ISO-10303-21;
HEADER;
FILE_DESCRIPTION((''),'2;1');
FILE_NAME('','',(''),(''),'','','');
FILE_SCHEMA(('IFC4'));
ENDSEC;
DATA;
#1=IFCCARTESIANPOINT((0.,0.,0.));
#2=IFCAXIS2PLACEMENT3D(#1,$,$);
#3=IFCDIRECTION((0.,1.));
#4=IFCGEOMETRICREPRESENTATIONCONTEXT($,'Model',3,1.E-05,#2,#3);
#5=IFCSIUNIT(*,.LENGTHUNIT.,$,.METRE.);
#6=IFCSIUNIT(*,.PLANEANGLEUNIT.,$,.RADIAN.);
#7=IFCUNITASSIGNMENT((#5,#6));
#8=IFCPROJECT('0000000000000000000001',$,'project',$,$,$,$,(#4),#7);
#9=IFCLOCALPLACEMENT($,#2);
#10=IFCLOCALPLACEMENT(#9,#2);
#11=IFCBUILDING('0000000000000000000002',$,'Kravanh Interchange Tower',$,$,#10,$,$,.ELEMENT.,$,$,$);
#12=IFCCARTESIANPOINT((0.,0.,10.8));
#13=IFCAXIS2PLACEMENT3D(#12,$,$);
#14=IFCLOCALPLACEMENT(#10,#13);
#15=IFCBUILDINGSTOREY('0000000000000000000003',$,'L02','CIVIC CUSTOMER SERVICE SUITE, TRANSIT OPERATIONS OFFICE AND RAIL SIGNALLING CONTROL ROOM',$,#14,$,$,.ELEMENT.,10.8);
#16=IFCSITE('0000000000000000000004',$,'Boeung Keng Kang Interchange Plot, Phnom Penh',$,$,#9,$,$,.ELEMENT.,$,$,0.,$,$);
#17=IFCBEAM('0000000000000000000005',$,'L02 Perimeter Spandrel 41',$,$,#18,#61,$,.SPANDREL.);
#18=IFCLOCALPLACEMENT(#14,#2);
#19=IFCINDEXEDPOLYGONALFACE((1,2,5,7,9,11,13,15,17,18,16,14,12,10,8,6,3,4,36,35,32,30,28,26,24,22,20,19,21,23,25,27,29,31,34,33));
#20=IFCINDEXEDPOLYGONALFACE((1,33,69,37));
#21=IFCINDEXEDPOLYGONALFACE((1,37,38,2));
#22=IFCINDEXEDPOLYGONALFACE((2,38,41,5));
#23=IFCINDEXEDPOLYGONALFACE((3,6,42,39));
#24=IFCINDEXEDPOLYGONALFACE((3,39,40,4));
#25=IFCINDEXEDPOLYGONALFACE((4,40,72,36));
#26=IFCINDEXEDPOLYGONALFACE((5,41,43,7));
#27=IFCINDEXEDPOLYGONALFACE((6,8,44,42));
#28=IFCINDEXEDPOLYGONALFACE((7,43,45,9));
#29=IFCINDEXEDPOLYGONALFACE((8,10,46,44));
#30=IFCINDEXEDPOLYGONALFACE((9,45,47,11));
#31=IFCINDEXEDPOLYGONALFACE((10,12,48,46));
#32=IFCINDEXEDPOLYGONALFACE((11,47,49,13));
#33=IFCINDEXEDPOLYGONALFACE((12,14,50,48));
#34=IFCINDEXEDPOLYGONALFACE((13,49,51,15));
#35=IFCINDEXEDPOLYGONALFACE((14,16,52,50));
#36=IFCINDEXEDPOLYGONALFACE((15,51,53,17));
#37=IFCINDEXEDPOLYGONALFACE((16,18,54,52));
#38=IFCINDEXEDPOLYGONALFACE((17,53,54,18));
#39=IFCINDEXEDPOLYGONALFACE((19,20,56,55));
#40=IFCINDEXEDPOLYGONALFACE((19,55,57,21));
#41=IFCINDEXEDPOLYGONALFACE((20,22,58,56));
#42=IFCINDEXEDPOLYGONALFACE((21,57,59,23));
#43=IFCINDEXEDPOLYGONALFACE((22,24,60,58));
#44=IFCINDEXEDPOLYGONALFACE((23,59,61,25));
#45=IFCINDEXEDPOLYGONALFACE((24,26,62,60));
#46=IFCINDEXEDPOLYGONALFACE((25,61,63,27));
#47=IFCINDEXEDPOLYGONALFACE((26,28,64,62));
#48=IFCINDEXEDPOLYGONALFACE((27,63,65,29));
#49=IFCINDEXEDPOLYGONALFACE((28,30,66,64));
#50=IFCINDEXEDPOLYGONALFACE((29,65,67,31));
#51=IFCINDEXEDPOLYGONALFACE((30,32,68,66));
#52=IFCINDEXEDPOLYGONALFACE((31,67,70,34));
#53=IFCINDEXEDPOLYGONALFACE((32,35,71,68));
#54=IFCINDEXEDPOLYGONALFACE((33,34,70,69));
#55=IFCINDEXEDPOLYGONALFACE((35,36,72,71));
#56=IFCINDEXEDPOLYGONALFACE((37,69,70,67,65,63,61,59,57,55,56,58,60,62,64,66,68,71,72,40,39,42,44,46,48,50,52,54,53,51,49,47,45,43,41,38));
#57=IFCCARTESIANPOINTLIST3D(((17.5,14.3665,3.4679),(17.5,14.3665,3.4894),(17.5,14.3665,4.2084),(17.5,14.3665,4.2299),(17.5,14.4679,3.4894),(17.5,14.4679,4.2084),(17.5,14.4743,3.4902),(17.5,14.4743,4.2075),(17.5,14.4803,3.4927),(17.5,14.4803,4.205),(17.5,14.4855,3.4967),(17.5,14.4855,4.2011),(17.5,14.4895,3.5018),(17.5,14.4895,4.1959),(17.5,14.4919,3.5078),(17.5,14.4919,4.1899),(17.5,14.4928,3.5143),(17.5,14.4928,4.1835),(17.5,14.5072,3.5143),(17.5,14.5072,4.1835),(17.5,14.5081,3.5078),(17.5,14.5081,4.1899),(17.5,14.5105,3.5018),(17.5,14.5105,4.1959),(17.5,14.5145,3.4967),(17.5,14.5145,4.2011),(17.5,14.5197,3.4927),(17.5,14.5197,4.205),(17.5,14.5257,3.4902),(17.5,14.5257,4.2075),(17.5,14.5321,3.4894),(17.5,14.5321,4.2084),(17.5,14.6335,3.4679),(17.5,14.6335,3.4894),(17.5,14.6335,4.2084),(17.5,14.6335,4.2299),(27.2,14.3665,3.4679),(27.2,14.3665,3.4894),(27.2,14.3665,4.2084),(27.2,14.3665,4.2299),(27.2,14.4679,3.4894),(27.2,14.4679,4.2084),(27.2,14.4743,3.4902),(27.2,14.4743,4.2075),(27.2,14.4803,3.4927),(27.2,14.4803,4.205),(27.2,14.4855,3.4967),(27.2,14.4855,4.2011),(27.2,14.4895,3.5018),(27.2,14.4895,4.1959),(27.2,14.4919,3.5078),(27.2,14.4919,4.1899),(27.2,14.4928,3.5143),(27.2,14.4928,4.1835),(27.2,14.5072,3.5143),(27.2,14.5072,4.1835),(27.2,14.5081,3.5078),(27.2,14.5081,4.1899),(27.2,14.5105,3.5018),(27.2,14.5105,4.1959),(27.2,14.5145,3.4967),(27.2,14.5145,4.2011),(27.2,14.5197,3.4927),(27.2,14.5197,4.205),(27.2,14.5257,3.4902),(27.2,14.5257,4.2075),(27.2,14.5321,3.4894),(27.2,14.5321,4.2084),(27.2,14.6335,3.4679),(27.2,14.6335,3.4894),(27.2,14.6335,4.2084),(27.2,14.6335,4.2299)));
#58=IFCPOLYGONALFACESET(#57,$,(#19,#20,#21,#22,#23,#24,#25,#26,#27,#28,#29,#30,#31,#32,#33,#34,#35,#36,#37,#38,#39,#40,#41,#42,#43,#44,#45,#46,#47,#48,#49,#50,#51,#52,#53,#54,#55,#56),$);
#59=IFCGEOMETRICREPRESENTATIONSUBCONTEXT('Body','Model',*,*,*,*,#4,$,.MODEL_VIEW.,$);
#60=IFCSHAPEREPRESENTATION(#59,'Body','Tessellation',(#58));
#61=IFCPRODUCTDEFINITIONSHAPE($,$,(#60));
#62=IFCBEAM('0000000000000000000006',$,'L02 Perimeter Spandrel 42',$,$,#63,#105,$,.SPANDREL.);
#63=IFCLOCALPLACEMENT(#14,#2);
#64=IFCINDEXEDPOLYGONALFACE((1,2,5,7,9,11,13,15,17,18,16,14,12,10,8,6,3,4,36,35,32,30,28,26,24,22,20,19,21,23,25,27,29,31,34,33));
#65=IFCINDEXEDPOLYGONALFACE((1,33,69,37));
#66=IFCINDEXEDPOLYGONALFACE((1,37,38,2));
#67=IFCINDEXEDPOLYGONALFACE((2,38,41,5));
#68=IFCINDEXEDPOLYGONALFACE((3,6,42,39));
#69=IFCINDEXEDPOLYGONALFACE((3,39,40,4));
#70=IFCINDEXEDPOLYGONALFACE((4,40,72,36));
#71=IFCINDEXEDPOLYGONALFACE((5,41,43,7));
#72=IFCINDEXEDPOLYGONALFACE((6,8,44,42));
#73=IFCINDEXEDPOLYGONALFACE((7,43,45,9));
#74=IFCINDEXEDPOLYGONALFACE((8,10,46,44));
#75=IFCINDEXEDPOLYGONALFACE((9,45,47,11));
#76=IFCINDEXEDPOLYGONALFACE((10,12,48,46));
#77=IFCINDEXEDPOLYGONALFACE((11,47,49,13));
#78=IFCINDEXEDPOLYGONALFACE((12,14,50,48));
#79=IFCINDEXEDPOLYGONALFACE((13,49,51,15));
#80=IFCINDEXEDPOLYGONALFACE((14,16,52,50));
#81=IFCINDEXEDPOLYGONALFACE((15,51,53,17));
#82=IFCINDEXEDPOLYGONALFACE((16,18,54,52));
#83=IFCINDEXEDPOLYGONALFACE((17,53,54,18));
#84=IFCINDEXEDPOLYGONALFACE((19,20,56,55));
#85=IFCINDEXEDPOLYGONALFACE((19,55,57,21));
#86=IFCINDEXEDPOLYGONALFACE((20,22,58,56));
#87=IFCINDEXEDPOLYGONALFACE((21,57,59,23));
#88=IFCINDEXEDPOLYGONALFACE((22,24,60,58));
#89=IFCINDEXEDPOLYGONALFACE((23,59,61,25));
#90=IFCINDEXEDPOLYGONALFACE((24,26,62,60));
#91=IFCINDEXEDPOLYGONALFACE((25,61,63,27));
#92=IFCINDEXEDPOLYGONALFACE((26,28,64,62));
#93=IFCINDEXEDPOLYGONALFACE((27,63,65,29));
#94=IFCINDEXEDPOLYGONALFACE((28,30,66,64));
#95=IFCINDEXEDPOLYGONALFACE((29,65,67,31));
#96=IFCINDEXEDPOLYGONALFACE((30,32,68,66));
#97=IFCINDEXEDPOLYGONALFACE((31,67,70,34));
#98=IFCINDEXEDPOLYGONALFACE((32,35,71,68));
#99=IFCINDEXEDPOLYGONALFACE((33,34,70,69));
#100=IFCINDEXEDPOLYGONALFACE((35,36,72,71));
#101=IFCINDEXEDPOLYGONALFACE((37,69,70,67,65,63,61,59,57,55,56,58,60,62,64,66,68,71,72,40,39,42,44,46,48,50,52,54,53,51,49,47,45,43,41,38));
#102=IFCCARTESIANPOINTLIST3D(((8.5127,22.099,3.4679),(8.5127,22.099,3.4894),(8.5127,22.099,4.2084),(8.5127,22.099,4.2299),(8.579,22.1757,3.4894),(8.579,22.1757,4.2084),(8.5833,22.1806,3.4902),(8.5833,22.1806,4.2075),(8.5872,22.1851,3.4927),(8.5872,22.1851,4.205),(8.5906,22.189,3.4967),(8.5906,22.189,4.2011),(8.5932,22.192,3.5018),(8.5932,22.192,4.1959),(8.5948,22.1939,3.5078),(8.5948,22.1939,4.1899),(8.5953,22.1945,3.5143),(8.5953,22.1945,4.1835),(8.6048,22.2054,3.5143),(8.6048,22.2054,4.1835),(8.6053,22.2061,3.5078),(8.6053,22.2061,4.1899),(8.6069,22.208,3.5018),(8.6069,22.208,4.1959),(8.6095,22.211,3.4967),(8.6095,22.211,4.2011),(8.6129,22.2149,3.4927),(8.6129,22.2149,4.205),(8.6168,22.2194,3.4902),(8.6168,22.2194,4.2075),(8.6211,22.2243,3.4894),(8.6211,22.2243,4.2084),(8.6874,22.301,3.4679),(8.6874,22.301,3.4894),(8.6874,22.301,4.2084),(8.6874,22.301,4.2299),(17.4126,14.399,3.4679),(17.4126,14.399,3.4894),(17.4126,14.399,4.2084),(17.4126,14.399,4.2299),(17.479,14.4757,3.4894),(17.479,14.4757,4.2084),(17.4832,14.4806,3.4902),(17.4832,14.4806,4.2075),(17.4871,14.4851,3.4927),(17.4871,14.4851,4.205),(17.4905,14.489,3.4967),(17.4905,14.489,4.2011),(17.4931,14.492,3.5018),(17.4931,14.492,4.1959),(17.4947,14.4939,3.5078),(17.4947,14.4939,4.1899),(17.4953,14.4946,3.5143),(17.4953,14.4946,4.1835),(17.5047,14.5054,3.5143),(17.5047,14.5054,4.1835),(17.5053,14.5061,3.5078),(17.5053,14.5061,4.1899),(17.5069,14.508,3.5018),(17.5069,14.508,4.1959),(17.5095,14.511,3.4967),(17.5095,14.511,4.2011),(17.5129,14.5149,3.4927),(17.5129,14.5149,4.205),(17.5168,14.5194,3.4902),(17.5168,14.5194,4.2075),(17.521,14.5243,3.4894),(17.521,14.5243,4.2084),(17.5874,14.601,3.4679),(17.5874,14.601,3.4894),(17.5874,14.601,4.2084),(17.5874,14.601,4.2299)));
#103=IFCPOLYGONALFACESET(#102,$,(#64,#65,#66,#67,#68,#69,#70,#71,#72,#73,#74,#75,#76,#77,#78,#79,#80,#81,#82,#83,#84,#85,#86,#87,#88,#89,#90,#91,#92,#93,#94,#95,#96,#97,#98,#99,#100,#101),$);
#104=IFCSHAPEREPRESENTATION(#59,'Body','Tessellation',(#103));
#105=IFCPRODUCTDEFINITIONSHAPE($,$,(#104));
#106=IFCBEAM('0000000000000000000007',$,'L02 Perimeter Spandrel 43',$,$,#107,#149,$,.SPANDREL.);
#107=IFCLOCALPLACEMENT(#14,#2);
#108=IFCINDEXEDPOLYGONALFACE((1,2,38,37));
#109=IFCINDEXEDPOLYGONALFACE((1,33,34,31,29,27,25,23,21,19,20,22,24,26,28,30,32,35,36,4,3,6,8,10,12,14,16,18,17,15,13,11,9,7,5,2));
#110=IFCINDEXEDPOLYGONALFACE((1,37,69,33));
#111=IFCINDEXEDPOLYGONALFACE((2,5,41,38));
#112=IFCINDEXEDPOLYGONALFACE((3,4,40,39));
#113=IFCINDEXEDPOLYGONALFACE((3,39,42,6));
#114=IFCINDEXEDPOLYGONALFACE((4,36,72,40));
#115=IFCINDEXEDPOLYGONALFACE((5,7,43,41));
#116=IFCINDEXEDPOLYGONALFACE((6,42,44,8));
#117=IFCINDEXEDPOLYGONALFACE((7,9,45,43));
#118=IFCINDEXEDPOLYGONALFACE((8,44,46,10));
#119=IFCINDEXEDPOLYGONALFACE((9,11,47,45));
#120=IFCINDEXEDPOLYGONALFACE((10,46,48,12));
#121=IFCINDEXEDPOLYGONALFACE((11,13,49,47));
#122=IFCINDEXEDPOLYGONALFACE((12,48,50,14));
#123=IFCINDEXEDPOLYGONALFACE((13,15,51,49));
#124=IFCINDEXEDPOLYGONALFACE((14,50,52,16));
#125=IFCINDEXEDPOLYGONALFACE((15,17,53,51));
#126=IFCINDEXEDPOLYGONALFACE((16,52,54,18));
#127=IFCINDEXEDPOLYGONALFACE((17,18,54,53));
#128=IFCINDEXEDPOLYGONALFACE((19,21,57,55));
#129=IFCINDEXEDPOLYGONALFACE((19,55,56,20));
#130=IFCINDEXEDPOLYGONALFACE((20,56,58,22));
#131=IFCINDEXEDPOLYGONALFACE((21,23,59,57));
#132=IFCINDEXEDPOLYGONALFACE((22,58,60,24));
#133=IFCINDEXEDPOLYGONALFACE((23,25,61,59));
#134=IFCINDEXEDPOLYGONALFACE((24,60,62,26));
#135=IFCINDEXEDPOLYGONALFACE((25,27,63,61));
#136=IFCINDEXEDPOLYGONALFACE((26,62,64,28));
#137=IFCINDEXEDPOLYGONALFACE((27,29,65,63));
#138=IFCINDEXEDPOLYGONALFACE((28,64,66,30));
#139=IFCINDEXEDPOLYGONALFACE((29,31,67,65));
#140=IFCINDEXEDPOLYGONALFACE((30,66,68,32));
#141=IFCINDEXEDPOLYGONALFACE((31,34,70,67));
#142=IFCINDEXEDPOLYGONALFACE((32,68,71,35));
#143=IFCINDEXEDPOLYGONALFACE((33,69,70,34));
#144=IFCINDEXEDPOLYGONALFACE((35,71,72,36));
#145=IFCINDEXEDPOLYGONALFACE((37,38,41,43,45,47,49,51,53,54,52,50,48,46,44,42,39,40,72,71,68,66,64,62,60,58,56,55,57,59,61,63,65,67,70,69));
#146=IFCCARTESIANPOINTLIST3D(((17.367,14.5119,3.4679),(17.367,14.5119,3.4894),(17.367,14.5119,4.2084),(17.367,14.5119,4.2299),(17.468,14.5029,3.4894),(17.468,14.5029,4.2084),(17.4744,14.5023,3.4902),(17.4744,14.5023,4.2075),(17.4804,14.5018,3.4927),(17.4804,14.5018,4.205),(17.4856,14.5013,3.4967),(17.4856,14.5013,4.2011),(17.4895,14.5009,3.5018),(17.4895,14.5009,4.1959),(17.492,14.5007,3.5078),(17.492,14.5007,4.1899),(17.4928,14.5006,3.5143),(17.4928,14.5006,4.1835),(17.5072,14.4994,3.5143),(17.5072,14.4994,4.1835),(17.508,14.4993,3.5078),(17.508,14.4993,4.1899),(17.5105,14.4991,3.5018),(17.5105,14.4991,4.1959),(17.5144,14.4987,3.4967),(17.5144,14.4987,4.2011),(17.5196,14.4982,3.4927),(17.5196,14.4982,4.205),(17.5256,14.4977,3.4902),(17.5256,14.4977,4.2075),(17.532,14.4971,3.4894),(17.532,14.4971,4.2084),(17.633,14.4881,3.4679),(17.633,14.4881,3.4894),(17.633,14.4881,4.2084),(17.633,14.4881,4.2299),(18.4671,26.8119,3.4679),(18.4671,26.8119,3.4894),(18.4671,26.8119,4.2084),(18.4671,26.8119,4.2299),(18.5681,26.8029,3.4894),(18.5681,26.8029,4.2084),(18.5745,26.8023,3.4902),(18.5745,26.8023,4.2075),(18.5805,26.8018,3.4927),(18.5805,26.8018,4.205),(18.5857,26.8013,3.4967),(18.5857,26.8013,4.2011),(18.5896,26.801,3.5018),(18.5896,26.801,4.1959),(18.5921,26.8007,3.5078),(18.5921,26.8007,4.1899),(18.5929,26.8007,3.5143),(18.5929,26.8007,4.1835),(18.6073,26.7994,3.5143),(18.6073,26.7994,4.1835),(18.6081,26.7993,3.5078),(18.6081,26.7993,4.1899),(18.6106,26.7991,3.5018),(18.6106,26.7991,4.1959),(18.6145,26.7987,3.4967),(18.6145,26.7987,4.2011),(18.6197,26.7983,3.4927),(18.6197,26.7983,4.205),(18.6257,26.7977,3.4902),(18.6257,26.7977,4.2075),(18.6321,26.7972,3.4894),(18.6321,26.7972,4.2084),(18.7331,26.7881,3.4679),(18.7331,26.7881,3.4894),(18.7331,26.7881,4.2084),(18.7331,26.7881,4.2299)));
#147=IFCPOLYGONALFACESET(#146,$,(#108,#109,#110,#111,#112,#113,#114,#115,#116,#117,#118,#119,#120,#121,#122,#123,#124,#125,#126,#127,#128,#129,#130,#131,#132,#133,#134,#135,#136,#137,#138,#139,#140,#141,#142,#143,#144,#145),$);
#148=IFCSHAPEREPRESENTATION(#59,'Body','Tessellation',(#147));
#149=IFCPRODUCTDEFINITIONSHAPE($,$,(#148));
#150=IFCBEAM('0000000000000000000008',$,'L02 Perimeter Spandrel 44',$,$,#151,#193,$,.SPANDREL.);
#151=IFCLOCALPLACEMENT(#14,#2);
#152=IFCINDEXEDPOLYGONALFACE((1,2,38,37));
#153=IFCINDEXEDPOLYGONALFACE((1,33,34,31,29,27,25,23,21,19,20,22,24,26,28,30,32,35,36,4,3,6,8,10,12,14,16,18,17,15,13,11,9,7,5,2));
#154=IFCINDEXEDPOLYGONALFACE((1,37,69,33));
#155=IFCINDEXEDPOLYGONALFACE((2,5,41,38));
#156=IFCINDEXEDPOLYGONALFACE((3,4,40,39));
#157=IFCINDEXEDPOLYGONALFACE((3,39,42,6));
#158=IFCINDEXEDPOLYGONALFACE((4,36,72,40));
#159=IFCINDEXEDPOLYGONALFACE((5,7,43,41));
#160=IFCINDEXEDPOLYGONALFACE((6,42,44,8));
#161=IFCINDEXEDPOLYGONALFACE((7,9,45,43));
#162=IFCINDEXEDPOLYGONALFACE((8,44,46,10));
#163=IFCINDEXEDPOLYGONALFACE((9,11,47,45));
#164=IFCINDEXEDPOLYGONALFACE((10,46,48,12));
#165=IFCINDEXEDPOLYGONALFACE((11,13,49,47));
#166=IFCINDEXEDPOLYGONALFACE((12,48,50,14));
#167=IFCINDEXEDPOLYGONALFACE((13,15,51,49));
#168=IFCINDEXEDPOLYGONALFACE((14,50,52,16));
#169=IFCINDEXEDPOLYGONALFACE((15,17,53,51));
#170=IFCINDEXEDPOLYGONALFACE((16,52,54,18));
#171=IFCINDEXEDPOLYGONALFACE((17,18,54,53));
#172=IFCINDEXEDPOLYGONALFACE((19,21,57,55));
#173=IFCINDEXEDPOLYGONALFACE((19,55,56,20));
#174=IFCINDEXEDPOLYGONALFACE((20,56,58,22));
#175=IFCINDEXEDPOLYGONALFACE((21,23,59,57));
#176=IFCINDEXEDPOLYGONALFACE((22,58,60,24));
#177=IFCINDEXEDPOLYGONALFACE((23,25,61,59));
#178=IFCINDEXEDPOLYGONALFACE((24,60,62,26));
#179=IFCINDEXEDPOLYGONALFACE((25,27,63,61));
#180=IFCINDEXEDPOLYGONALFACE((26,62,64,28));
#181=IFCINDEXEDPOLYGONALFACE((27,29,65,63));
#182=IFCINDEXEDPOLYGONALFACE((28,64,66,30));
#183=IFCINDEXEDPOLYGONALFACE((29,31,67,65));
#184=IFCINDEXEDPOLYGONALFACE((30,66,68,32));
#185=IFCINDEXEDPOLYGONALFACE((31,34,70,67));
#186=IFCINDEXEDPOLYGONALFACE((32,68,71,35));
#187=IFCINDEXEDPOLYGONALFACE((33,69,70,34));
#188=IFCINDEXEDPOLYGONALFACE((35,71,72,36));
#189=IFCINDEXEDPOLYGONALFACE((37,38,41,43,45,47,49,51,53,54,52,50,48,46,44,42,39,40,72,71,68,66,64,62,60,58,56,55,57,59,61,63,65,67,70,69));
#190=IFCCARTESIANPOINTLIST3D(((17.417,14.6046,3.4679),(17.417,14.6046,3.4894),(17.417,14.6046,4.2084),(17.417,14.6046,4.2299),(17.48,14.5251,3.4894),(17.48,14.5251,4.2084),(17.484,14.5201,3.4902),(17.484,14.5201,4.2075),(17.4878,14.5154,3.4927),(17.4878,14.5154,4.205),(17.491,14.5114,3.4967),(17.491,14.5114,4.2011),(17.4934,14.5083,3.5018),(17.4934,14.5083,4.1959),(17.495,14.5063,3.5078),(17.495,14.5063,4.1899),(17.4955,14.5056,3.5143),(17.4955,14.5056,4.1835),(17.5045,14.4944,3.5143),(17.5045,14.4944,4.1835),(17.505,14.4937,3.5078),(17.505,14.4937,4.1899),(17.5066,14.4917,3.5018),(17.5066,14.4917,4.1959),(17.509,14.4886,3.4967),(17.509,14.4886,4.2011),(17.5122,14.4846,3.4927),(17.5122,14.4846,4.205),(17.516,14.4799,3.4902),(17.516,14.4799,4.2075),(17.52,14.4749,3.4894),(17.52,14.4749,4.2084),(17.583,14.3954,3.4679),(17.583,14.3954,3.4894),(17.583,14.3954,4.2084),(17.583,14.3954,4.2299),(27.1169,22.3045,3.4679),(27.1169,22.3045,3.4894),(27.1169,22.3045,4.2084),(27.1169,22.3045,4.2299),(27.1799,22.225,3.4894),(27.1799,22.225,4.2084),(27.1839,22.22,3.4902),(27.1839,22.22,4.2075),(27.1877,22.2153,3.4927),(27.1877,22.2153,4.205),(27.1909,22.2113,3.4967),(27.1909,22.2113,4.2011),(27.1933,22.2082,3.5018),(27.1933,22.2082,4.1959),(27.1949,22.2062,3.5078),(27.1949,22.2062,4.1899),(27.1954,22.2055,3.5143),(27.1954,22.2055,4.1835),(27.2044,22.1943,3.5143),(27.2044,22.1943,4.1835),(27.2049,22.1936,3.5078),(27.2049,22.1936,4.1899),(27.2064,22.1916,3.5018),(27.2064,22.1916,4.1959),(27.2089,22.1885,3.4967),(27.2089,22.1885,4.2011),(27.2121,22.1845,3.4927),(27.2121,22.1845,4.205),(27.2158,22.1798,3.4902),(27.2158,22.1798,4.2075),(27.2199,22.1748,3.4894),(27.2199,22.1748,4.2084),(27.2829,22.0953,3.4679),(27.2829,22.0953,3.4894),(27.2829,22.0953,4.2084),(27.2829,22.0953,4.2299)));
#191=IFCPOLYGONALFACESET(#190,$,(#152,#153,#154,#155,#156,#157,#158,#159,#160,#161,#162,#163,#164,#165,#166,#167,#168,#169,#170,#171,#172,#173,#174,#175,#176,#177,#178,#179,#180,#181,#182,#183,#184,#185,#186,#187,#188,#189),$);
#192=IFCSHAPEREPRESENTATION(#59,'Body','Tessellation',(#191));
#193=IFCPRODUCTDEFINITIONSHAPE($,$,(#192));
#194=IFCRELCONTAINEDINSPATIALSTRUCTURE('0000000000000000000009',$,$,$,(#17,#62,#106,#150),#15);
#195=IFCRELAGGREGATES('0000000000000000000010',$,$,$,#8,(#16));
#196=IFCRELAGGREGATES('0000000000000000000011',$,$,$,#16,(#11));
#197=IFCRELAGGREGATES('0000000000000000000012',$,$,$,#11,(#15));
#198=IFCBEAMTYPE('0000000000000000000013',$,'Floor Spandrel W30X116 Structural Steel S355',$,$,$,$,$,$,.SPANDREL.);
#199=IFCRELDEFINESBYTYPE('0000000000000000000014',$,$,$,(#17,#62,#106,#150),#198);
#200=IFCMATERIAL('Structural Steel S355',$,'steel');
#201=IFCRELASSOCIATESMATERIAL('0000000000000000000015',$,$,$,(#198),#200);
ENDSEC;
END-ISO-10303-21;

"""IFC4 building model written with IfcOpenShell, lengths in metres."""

from ifc_helpers import new_model, si_unit, direction, frame, origin, origin_2d, place, context, subcontext, project, spatial, i_section, extrude, material, material_profile, profile_set, type_object, element, save


model = new_model("IFC4")

# Units and contexts
model_context = context("Model", 3, precision=1e-05, world=origin(), true_north=direction((0.0, 1.0)))
body_context = subcontext(model_context, "Body", "Model", "MODEL_VIEW")
ifc_project = project(units=[si_unit("LENGTHUNIT", "METRE"), si_unit("PLANEANGLEUNIT", "RADIAN")], contexts=[model_context])

# Site, building, storey
site_placement = place(None, origin())
site = spatial("IfcSite", under=ifc_project, at=site_placement, Name="Boeung Keng Kang Interchange Plot, Phnom Penh", CompositionType="ELEMENT", RefElevation=0.0)
building_placement = place(site_placement, origin())
building = spatial("IfcBuilding", under=site, at=building_placement, Name="Kravanh Interchange Tower", CompositionType="ELEMENT")
storey_placement = place(building_placement, frame((0.0, 0.0, 10.8)))
storey = spatial("IfcBuildingStorey", under=building, at=storey_placement, Name="L02", Description="CIVIC CUSTOMER SERVICE SUITE, TRANSIT OPERATIONS OFFICE AND RAIL SIGNALLING CONTROL ROOM", CompositionType="ELEMENT", Elevation=10.8)

# Beams
ifc_material_1 = material(Name="Structural Steel S355", Category="steel")
ifc_material_profile_1 = material_profile(ifc_material_1, i_section(OverallWidth=0.2671, OverallDepth=0.762, WebThickness=0.0144, FlangeThickness=0.0215, FilletRadius=0.0249, at=origin_2d()), Name="W30X116")
ifc_profile_set_1 = profile_set([ifc_material_profile_1], Name="Structural Steel S355")
beam_type_1 = type_object("IfcBeamType", Name="Floor Spandrel W30X116 Structural Steel S355", PredefinedType="SPANDREL", material=ifc_profile_set_1)
beam_1_placement = place(storey_placement, frame((17.5, 14.5, 3.8489), z_axis=(1.0, 0.0, 0.0), x_axis=(0.0, 1.0, 0.0)))
element("IfcBeam", 1, at=beam_1_placement, inside=storey, type_object=beam_type_1, Name="L02 Perimeter Spandrel 41", PredefinedType="SPANDREL", context=body_context, shape_type="SweptSolid", body=[
    extrude(i_section(OverallWidth=0.2671, OverallDepth=0.762, WebThickness=0.0144, FlangeThickness=0.0215, FilletRadius=0.0249, at=origin_2d()), origin(), (0.0, 0.0, 1.0), 9.7),
])
beam_2_placement = place(storey_placement, frame((17.5, 14.5, 3.8489), z_axis=(-0.756248, 0.654285, 0.0), x_axis=(-0.654285, -0.756248, 0.0)))
element("IfcBeam", 2, at=beam_2_placement, inside=storey, type_object=beam_type_1, Name="L02 Perimeter Spandrel 42", PredefinedType="SPANDREL", context=body_context, shape_type="SweptSolid", body=[
    extrude(i_section(OverallWidth=0.2671, OverallDepth=0.762, WebThickness=0.0144, FlangeThickness=0.0215, FilletRadius=0.0249, at=origin_2d()), origin(), (0.0, 0.0, 1.0), 11.7686),
])
beam_3_placement = place(storey_placement, frame((17.5, 14.5, 3.8489), z_axis=(0.089083, 0.996024, 0.0), x_axis=(-0.996024, 0.089083, 0.0)))
element("IfcBeam", 3, at=beam_3_placement, inside=storey, type_object=beam_type_1, Name="L02 Perimeter Spandrel 43", PredefinedType="SPANDREL", context=body_context, shape_type="SweptSolid", body=[
    extrude(i_section(OverallWidth=0.2671, OverallDepth=0.762, WebThickness=0.0144, FlangeThickness=0.0215, FilletRadius=0.0249, at=origin_2d()), origin(), (0.0, 0.0, 1.0), 12.3491),
])
beam_4_placement = place(storey_placement, frame((17.5, 14.5, 3.8489), z_axis=(0.783227, 0.621736, 0.0), x_axis=(-0.621736, 0.783227, 0.0)))
element("IfcBeam", 4, at=beam_4_placement, inside=storey, type_object=beam_type_1, Name="L02 Perimeter Spandrel 44", PredefinedType="SPANDREL", context=body_context, shape_type="SweptSolid", body=[
    extrude(i_section(OverallWidth=0.2671, OverallDepth=0.762, WebThickness=0.0144, FlangeThickness=0.0215, FilletRadius=0.0249, at=origin_2d()), origin(), (0.0, 0.0, 1.0), 12.3845),
])

save(model, "model.ifc")
